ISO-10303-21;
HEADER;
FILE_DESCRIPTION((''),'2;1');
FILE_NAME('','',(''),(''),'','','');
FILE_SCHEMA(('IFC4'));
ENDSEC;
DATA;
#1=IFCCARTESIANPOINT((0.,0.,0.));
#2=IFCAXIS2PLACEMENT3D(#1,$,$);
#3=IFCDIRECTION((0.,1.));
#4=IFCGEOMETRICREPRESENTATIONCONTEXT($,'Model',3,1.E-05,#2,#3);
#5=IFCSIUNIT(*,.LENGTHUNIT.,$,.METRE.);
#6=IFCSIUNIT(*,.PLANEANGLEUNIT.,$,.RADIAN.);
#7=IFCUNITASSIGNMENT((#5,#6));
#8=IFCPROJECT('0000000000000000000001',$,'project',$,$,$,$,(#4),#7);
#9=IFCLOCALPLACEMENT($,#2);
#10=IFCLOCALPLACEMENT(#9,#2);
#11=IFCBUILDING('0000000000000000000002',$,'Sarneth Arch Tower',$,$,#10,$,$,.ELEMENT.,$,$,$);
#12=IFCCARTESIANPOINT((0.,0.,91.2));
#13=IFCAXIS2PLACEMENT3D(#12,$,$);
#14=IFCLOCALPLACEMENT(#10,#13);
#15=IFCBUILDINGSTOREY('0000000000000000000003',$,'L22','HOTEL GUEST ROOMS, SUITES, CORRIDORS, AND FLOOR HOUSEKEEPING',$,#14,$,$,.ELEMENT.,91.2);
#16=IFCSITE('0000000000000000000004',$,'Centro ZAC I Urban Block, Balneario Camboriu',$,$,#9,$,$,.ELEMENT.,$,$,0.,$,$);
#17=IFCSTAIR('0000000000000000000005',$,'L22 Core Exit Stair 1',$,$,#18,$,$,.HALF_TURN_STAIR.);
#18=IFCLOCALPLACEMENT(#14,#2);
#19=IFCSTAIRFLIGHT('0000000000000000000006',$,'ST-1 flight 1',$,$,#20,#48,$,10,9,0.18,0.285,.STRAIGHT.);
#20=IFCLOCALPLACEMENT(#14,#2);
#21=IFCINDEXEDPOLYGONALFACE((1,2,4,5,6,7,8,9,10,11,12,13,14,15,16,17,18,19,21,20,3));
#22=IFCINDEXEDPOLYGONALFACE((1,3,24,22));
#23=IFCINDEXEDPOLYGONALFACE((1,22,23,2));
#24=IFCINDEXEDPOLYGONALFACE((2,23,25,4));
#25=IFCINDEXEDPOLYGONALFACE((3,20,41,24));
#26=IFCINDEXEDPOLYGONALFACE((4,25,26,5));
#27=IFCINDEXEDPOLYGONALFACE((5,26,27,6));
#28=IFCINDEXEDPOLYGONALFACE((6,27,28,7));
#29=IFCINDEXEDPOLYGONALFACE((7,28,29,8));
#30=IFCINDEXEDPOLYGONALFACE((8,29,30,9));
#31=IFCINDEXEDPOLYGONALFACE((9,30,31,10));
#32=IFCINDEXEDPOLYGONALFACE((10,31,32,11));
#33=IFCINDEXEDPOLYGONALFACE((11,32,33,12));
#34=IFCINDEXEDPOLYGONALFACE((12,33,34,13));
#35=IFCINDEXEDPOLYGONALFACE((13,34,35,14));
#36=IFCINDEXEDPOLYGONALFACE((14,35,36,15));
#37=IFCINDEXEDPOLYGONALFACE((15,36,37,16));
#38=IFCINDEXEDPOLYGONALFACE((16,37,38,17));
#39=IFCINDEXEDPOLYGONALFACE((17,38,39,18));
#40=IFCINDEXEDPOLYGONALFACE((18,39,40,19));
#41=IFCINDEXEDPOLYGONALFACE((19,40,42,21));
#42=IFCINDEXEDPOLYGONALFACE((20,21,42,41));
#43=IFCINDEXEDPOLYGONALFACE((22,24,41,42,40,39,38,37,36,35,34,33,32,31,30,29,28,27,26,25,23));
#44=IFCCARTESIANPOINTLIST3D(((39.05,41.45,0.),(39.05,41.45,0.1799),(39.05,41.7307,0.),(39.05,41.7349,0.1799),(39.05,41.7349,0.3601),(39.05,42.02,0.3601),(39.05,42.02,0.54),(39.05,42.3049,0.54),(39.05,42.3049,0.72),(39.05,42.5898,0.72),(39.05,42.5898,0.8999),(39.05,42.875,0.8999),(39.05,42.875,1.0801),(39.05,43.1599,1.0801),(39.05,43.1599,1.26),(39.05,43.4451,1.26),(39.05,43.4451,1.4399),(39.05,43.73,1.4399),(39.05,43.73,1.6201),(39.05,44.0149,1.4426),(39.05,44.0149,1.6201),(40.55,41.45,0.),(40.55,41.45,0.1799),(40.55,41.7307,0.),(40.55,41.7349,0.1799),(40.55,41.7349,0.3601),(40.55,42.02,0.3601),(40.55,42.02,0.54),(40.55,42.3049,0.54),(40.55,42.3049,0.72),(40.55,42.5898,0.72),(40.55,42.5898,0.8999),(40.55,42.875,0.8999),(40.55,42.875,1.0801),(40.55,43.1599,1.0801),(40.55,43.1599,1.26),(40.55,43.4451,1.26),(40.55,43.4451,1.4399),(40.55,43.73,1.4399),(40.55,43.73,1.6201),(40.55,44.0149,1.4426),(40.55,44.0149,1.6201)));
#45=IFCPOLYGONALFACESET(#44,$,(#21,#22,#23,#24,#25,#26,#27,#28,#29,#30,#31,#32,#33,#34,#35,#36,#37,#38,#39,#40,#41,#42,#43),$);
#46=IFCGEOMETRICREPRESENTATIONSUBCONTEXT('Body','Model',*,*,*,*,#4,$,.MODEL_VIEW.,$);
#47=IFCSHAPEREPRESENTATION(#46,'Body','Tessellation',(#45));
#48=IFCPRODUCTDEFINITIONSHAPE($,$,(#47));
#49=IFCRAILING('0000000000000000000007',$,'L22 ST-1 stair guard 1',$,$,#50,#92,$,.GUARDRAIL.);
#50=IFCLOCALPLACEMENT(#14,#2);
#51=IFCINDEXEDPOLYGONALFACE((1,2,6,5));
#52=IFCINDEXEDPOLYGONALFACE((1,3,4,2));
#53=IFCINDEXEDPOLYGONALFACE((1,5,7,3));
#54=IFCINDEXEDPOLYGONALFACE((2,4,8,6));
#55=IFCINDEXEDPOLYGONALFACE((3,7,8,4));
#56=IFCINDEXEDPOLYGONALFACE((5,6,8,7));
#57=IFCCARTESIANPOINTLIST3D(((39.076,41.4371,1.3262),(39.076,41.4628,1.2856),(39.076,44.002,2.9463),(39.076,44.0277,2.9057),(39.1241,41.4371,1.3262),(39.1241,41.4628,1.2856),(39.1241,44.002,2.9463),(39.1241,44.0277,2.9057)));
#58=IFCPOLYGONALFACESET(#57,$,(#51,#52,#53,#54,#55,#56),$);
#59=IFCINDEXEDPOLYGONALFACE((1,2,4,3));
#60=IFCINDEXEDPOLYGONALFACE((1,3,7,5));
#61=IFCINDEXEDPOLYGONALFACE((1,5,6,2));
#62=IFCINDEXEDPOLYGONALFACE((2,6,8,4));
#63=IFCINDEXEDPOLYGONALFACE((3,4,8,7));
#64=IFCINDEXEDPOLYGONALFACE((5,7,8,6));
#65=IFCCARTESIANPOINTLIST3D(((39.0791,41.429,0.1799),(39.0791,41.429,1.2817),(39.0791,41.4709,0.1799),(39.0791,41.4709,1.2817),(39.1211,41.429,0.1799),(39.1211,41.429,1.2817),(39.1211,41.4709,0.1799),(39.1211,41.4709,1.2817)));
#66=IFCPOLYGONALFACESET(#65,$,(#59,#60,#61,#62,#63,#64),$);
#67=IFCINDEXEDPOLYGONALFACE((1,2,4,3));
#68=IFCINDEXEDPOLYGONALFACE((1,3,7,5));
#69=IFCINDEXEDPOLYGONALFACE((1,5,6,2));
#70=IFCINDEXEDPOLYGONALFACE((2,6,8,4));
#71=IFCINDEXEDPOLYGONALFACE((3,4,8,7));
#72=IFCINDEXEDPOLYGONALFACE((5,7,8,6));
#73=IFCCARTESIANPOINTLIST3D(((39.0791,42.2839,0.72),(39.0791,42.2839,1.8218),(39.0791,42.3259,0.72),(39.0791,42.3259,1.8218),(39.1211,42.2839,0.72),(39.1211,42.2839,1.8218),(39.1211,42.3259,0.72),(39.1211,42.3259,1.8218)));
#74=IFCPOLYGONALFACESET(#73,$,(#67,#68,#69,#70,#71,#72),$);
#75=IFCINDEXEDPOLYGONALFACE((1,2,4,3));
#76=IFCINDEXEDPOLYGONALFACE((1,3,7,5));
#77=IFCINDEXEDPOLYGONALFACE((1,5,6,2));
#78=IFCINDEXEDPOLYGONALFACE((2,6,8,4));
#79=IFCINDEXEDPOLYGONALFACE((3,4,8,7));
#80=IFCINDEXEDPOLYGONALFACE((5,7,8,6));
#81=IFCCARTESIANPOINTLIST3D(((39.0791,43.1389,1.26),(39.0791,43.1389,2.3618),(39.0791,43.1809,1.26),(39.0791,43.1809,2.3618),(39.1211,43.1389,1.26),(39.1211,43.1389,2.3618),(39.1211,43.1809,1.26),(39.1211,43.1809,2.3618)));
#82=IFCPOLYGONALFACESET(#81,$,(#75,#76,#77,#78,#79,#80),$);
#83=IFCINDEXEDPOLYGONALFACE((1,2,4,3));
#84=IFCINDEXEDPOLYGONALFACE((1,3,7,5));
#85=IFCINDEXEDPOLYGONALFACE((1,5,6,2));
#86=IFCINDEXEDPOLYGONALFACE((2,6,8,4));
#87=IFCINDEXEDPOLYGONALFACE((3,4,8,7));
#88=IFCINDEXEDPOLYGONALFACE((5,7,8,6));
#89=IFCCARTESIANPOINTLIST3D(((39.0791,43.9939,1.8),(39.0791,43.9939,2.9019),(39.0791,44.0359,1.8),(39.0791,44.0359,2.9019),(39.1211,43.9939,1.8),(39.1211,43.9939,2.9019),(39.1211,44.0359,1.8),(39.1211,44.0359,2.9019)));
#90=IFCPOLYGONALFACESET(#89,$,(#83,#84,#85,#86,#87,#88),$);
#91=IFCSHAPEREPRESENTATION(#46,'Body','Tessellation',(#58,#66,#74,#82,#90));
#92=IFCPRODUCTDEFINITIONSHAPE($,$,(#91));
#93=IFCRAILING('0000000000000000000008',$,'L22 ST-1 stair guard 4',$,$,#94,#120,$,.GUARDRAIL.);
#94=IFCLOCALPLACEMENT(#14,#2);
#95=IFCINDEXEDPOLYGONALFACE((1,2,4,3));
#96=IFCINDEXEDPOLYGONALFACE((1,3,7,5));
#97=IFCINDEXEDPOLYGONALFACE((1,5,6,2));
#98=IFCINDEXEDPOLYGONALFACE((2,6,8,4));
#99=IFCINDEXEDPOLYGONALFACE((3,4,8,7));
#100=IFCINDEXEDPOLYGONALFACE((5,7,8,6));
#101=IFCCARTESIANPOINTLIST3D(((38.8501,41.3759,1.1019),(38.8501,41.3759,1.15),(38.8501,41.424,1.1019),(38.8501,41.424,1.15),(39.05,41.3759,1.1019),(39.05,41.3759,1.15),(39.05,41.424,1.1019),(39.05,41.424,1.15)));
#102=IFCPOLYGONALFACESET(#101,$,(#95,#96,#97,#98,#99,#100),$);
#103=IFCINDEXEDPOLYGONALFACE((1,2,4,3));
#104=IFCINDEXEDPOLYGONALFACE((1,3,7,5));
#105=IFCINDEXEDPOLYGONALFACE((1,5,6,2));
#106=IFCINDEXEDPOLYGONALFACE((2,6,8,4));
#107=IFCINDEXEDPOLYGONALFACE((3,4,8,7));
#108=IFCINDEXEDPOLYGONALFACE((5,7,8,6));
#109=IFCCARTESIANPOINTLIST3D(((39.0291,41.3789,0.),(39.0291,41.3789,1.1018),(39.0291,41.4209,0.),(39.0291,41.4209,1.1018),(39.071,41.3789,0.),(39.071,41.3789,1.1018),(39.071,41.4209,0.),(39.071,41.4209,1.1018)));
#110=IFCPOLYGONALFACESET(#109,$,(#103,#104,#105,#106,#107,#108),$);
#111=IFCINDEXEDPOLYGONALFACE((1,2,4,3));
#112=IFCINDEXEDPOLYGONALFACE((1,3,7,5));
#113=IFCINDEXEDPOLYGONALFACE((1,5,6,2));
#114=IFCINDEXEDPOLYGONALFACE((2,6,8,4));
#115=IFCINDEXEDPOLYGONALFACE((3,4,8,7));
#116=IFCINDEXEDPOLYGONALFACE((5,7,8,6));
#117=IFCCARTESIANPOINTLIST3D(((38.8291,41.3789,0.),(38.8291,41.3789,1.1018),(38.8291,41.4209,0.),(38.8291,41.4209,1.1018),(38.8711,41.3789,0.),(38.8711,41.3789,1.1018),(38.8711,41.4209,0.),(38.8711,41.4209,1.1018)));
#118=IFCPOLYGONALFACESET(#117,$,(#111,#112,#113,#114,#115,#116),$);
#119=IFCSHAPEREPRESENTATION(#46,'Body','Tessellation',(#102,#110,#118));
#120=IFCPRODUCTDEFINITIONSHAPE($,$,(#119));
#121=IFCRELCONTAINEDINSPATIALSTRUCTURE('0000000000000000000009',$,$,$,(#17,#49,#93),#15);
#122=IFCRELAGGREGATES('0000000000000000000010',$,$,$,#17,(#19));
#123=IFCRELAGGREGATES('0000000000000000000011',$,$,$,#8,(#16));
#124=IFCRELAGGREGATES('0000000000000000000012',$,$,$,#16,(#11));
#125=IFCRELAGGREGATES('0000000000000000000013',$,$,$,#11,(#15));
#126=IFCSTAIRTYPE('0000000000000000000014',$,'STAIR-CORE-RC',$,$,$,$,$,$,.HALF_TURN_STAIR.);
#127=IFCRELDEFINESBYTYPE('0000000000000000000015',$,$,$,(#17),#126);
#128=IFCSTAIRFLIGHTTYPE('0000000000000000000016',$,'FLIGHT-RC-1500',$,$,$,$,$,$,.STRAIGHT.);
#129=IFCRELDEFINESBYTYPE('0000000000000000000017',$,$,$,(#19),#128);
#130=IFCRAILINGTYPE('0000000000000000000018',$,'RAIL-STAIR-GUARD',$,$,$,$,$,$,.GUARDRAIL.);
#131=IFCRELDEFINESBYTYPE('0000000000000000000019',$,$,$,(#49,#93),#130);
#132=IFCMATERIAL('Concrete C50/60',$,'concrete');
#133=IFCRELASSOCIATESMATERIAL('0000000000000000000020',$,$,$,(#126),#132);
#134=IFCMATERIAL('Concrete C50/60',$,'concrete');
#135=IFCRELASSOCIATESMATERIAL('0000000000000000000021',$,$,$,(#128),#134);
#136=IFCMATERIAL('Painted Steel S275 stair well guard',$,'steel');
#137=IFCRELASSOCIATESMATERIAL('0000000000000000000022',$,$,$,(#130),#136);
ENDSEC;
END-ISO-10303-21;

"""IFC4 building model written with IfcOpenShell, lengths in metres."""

from ifc_helpers import new_model, si_unit, direction, frame, origin, origin_2d, place, context, subcontext, project, spatial, polyline, rectangle, outline, extrude, material, type_object, element, aggregate, save


model = new_model("IFC4")

# Units and contexts
model_context = context("Model", 3, precision=1e-05, world=origin(), true_north=direction((0.0, 1.0)))
body_context = subcontext(model_context, "Body", "Model", "MODEL_VIEW")
ifc_project = project(units=[si_unit("LENGTHUNIT", "METRE"), si_unit("PLANEANGLEUNIT", "RADIAN")], contexts=[model_context])

# Site, building, storey
site_placement = place(None, origin())
site = spatial("IfcSite", under=ifc_project, at=site_placement, Name="Centro ZAC I Urban Block, Balneario Camboriu", CompositionType="ELEMENT", RefElevation=0.0)
building_placement = place(site_placement, origin())
building = spatial("IfcBuilding", under=site, at=building_placement, Name="Sarneth Arch Tower", CompositionType="ELEMENT")
storey_placement = place(building_placement, frame((0.0, 0.0, 91.2)))
storey = spatial("IfcBuildingStorey", under=building, at=storey_placement, Name="L22", Description="HOTEL GUEST ROOMS, SUITES, CORRIDORS, AND FLOOR HOUSEKEEPING", CompositionType="ELEMENT", Elevation=91.2)

# Stair, stair flight
ifc_material_1 = material(Name="Concrete C50/60", Category="concrete")
stair_type = type_object("IfcStairType", Name="STAIR-CORE-RC", PredefinedType="HALF_TURN_STAIR", material=ifc_material_1)
stair_placement = place(storey_placement, origin())
stair = element("IfcStair", 1, at=stair_placement, inside=storey, type_object=stair_type, Name="L22 Core Exit Stair 1", PredefinedType="HALF_TURN_STAIR")
ifc_material_2 = material(Name="Concrete C50/60", Category="concrete")
stair_flight_type = type_object("IfcStairFlightType", Name="FLIGHT-RC-1500", PredefinedType="STRAIGHT", material=ifc_material_2)
stair_flight_placement = place(storey_placement, frame((39.8, 41.45, 0.0), z_axis=(0.0, 0.0, 1.0), x_axis=(0.0, 1.0, 0.0)))
stair_flight = element("IfcStairFlight", 2, at=stair_flight_placement, type_object=stair_flight_type, Name="ST-1 flight 1", NumberOfRisers=10, NumberOfTreads=9, PredefinedType="STRAIGHT", RiserHeight=0.18, TreadLength=0.285, context=body_context, shape_type="SweptSolid", body=[
    extrude(outline(polyline([(0.0, 0.0), (0.0, 0.1799), (0.2849, 0.1799), (0.2849, 0.3601), (0.5701, 0.3601), (0.5701, 0.54), (0.855, 0.54), (0.855, 0.72), (1.1399, 0.72), (1.1399, 0.8999), (1.425, 0.8999), (1.425, 1.0801), (1.71, 1.0801), (1.71, 1.26), (1.9951, 1.26), (1.9951, 1.4399), (2.28, 1.4399), (2.28, 1.6201), (2.5649, 1.6201), (2.5649, 1.8), (2.5649, 1.4426), (0.2808, 0.0), (0.0, 0.0)])), frame((0.0, 0.75, 0.0), z_axis=(0.0, -1.0, 0.0), x_axis=(1.0, 0.0, 0.0)), (0.0, 0.0, 1.0), 1.5),
])
aggregate(stair, [stair_flight])

# Railings
ifc_material_3 = material(Name="Painted Steel S275 stair well guard", Category="steel")
railing_type = type_object("IfcRailingType", Name="RAIL-STAIR-GUARD", PredefinedType="GUARDRAIL", material=ifc_material_3)
railing_1_placement = place(storey_placement, frame((39.1001, 41.45, 0.1799)))
element("IfcRailing", 3, at=railing_1_placement, inside=storey, type_object=railing_type, Name="L22 ST-1 stair guard 1", PredefinedType="GUARDRAIL", context=body_context, shape_type="SweptSolid", body=[
    extrude(rectangle(XDim=0.0481, YDim=0.0481, at=origin_2d()), frame((0.0, 0.0, 1.126), z_axis=(0.0, 0.845466, 0.534029), x_axis=(-1.0, 0.0, 0.0)), (0.0, 0.0, 1.0), 3.0337),
    extrude(rectangle(XDim=0.042, YDim=0.042, at=origin_2d()), origin(), (0.0, 0.0, 1.0), 1.1018),
    extrude(rectangle(XDim=0.042, YDim=0.042, at=origin_2d()), frame((0.0, 0.855, 0.54)), (0.0, 0.0, 1.0), 1.1018),
    extrude(rectangle(XDim=0.042, YDim=0.042, at=origin_2d()), frame((0.0, 1.71, 1.0801)), (0.0, 0.0, 1.0), 1.1018),
    extrude(rectangle(XDim=0.042, YDim=0.042, at=origin_2d()), frame((0.0, 2.5649, 1.6201)), (0.0, 0.0, 1.0), 1.1018),
])
railing_2_placement = place(storey_placement, frame((39.05, 41.3999, 0.0)))
element("IfcRailing", 4, at=railing_2_placement, inside=storey, type_object=railing_type, Name="L22 ST-1 stair guard 4", PredefinedType="GUARDRAIL", context=body_context, shape_type="SweptSolid", body=[
    extrude(rectangle(XDim=0.0481, YDim=0.0481, at=origin_2d()), frame((0.0, 0.0, 1.126), z_axis=(-1.0, 0.0, 0.0), x_axis=(0.0, -1.0, 0.0)), (0.0, 0.0, 1.0), 0.2),
    extrude(rectangle(XDim=0.042, YDim=0.042, at=origin_2d()), origin(), (0.0, 0.0, 1.0), 1.1018),
    extrude(rectangle(XDim=0.042, YDim=0.042, at=origin_2d()), frame((-0.2, 0.0, 0.0)), (0.0, 0.0, 1.0), 1.1018),
])

save(model, "model.ifc")
